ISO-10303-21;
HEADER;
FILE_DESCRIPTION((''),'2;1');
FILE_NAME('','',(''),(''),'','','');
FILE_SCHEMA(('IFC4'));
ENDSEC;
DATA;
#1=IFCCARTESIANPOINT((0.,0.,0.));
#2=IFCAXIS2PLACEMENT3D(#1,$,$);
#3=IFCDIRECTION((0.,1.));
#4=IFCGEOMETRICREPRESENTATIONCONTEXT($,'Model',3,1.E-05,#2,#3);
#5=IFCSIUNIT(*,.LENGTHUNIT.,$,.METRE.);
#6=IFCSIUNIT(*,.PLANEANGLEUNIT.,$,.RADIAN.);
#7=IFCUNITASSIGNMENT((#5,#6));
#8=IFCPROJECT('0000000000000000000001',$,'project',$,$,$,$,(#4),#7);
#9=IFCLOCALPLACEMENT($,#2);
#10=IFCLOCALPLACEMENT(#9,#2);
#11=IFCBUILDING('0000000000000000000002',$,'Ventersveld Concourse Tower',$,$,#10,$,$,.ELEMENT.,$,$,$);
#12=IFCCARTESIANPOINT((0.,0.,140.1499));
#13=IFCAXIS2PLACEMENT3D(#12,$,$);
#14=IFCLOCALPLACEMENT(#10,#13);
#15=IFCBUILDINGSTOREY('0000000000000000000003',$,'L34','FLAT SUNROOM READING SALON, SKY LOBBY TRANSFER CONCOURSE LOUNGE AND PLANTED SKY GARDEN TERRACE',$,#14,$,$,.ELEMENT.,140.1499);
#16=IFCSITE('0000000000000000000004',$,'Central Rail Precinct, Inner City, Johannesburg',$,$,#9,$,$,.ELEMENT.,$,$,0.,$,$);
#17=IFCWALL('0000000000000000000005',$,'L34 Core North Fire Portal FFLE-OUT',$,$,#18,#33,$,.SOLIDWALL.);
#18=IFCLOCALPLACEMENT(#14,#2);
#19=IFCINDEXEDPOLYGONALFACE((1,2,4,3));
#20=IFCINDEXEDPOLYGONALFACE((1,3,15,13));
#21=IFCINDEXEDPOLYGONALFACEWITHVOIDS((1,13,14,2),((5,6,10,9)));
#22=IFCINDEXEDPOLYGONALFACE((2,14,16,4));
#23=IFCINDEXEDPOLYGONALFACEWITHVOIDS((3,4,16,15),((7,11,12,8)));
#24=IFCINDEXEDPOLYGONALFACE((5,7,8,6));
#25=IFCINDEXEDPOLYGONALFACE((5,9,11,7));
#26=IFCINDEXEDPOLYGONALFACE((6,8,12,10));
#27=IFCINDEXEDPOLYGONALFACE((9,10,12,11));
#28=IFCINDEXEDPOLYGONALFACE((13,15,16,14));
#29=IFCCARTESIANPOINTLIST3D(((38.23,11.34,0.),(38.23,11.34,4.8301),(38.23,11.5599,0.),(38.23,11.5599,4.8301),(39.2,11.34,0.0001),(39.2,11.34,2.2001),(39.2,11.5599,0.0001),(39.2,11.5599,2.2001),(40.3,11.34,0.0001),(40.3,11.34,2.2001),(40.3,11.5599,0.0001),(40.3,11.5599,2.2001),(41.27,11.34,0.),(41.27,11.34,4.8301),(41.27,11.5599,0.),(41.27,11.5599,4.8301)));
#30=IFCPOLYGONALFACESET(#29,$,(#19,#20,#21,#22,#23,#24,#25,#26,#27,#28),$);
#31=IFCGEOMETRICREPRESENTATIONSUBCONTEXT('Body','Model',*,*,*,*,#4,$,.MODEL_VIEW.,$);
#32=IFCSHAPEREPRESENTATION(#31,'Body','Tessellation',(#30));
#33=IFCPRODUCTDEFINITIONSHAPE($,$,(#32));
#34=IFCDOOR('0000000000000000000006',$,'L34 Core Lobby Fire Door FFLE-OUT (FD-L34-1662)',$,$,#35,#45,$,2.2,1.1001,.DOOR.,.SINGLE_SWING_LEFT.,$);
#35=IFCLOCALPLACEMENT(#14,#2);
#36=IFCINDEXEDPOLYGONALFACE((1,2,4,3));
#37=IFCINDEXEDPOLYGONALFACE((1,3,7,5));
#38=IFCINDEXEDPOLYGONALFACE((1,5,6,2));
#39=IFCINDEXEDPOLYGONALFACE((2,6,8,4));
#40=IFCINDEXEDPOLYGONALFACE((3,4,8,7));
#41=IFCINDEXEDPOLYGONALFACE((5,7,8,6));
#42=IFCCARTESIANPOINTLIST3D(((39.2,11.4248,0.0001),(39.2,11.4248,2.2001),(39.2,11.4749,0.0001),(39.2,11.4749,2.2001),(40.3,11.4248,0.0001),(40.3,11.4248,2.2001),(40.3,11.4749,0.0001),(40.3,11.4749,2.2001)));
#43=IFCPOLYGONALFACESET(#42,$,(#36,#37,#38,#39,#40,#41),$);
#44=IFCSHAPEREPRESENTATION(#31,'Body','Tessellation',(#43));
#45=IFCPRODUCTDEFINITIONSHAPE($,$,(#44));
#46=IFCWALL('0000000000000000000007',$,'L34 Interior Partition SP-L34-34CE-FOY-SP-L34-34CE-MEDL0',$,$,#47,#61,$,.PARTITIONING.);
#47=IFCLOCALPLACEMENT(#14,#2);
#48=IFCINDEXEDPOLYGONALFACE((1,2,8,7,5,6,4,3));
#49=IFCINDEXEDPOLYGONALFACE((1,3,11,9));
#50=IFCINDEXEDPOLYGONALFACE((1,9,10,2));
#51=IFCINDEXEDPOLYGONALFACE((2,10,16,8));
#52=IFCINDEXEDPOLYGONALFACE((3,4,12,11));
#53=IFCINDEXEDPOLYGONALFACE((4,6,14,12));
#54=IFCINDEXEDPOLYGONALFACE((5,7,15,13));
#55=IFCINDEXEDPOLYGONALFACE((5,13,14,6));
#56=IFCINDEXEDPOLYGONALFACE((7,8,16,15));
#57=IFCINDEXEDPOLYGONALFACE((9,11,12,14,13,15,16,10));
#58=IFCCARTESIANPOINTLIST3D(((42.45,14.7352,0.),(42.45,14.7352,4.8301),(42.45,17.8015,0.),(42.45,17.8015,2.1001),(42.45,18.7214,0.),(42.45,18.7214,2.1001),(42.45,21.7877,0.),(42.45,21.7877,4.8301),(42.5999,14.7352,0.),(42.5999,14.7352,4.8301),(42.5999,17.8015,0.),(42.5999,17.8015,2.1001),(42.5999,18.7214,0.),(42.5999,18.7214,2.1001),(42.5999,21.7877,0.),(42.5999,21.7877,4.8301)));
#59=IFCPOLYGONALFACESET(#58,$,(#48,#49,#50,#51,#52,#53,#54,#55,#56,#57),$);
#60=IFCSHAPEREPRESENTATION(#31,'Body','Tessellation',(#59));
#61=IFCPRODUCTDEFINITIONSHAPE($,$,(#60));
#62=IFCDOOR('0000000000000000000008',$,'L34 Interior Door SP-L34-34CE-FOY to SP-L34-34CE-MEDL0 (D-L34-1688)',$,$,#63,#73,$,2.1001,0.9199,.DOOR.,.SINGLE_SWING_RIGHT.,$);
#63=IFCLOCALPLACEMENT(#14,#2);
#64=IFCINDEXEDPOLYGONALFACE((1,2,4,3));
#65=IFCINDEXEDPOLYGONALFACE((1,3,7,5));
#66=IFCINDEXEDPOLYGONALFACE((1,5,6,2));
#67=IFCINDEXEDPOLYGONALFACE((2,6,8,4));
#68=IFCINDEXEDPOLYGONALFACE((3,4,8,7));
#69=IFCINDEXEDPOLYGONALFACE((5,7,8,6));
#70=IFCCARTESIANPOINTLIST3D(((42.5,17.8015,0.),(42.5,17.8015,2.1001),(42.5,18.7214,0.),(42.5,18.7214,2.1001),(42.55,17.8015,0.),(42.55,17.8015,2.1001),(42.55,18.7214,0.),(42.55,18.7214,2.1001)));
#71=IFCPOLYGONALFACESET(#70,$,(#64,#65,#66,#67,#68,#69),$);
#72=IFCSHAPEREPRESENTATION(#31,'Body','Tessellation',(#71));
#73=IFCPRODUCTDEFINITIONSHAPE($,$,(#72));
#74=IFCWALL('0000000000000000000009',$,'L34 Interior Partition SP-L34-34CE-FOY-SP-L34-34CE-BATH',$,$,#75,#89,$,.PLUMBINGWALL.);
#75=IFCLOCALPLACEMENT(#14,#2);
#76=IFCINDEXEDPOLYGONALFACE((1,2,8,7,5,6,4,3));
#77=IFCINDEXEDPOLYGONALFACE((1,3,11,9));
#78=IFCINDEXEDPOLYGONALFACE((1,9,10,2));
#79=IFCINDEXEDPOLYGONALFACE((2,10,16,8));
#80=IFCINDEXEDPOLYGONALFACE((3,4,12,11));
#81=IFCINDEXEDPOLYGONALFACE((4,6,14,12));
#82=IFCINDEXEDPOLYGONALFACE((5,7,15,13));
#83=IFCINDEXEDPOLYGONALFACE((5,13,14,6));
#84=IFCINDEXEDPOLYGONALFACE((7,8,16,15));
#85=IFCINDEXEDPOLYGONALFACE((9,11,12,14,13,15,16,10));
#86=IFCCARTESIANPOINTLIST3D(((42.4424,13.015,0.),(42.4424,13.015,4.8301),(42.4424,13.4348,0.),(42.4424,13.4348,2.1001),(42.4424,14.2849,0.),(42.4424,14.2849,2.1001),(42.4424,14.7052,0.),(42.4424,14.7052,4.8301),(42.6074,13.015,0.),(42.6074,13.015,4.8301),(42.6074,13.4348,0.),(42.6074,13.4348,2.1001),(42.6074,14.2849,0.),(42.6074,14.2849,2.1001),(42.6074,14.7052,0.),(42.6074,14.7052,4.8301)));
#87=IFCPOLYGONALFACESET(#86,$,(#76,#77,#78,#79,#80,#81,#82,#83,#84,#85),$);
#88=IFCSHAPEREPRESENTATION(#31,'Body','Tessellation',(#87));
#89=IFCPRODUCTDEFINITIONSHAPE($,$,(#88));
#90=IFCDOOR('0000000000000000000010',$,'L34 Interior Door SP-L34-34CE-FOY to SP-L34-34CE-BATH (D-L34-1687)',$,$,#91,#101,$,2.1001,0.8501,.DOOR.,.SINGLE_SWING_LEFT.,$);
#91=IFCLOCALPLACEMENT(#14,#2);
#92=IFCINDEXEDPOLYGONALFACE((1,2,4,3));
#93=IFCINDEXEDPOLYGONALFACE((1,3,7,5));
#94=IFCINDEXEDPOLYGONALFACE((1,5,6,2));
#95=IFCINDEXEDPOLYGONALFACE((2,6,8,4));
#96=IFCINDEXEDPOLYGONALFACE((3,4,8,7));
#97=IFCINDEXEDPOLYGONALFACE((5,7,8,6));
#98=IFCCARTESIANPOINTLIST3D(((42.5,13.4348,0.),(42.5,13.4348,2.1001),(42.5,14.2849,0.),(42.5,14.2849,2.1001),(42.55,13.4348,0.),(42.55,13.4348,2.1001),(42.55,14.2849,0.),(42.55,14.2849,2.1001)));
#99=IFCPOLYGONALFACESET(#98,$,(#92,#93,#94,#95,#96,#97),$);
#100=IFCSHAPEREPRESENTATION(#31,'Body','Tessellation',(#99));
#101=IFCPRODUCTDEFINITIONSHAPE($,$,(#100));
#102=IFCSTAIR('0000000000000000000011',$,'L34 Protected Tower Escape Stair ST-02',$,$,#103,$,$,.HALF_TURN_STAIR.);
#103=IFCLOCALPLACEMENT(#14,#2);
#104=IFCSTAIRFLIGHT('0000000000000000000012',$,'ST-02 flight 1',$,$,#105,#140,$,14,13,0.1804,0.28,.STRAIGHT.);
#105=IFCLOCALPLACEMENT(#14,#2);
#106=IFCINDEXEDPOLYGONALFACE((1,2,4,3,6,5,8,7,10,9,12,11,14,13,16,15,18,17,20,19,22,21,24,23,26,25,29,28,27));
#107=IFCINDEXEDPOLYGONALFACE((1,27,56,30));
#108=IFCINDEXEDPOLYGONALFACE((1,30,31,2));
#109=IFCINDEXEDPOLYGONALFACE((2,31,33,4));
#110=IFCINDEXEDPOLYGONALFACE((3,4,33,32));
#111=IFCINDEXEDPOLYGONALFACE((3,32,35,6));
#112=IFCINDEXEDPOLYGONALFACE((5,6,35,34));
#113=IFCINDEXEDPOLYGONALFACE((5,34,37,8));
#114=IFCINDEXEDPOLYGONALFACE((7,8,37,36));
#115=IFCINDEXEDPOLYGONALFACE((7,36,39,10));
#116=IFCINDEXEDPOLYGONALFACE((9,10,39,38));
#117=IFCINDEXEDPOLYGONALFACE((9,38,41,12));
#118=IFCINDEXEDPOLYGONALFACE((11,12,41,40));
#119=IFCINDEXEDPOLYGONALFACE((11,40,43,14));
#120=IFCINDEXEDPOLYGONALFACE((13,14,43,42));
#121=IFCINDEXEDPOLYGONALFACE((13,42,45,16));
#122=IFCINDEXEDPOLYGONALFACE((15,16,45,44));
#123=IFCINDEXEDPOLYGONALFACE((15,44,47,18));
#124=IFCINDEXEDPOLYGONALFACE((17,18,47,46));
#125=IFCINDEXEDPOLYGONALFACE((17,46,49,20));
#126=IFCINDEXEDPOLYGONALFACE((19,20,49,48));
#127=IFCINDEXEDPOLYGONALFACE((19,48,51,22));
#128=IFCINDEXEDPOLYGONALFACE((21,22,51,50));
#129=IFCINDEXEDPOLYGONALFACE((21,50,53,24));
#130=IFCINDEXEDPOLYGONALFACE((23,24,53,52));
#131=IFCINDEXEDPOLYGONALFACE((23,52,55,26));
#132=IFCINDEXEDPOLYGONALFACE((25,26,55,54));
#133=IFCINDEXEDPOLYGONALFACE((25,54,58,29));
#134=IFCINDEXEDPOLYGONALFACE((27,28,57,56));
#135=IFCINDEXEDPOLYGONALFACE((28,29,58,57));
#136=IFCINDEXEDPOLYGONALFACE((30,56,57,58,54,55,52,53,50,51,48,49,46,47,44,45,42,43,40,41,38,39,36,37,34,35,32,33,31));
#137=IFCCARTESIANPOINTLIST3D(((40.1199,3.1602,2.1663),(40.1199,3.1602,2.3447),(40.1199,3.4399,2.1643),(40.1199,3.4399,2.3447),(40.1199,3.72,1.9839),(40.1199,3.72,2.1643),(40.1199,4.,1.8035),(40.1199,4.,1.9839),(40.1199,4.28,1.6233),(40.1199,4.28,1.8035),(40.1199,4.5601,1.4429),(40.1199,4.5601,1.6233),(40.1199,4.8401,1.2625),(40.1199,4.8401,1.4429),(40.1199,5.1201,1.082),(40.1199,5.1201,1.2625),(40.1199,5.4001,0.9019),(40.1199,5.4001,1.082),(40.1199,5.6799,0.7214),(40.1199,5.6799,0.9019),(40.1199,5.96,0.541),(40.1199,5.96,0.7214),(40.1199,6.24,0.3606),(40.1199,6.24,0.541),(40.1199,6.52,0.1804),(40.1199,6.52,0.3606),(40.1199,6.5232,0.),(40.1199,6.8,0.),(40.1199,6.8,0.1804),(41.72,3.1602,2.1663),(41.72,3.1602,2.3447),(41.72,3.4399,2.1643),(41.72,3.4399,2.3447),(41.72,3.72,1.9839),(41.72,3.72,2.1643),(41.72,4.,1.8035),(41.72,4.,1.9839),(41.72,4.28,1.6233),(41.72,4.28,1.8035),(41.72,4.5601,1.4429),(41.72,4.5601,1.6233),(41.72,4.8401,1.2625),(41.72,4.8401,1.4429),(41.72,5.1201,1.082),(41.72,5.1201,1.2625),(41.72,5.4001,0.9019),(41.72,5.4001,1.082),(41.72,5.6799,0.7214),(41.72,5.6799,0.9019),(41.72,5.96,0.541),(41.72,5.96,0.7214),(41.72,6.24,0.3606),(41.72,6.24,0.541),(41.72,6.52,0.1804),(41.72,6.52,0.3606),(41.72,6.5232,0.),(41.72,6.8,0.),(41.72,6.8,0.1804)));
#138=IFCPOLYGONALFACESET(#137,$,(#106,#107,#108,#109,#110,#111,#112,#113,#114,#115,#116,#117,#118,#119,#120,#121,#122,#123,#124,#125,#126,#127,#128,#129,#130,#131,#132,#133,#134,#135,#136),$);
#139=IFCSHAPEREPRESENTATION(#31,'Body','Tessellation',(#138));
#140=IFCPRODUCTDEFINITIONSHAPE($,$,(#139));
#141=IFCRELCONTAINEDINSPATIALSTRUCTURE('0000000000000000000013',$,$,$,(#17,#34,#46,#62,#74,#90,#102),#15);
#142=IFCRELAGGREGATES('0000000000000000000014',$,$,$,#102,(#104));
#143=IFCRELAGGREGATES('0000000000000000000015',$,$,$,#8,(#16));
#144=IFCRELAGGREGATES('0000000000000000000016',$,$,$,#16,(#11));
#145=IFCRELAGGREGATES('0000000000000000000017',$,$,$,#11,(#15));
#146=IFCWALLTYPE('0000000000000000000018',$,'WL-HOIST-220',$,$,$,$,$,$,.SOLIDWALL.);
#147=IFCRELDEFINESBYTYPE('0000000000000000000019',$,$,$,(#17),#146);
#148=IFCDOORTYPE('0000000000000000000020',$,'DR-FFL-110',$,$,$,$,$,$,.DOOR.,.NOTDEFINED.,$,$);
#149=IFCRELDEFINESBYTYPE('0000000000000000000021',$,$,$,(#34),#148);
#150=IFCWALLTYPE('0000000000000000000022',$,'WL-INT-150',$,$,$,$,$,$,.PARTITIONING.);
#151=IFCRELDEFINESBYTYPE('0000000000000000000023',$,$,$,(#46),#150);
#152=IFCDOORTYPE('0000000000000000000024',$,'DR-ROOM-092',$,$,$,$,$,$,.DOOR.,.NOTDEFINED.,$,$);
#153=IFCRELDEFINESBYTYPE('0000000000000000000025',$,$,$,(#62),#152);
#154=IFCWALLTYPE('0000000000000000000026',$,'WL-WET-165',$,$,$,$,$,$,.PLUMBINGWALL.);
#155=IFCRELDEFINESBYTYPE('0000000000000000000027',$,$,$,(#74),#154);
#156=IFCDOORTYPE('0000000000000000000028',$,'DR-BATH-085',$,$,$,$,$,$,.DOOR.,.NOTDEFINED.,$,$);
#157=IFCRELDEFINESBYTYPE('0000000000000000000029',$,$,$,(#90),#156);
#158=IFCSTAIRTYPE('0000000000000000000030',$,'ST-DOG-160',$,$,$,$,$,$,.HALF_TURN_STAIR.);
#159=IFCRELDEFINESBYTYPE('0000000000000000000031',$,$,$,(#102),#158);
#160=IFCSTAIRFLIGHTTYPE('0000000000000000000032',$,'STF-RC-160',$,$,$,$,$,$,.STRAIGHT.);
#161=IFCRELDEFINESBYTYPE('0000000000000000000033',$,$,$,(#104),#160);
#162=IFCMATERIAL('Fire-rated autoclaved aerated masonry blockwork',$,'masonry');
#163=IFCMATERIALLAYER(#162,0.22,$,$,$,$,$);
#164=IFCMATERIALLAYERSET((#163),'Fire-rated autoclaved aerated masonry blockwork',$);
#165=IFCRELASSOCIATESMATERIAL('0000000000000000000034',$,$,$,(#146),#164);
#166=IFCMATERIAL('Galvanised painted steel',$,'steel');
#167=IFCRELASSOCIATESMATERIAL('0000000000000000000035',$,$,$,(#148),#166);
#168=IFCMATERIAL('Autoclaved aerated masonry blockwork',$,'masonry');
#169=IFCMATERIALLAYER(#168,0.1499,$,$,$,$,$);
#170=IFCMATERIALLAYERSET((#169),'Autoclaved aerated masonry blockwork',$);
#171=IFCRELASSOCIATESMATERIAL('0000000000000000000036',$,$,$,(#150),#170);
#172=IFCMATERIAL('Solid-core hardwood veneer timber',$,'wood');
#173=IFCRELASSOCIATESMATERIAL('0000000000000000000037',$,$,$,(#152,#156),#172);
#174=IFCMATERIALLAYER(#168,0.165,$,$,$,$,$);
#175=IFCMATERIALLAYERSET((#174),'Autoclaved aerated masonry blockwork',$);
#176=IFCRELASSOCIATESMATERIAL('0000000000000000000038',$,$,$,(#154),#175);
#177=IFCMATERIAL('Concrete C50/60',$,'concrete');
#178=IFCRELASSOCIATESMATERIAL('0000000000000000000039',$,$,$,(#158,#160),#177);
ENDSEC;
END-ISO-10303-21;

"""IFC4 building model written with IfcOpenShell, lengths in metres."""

from ifc_helpers import new_model, si_unit, direction, frame, frame_2d, origin, place, context, subcontext, project, spatial, polyline, rectangle, outline, extrude, material, layer, layer_set, type_object, element, fill, aggregate, save


model = new_model("IFC4")

# Units and contexts
model_context = context("Model", 3, precision=1e-05, world=origin(), true_north=direction((0.0, 1.0)))
body_context = subcontext(model_context, "Body", "Model", "MODEL_VIEW")
ifc_project = project(units=[si_unit("LENGTHUNIT", "METRE"), si_unit("PLANEANGLEUNIT", "RADIAN")], contexts=[model_context])

# Site, building, storey
site_placement = place(None, origin())
site = spatial("IfcSite", under=ifc_project, at=site_placement, Name="Central Rail Precinct, Inner City, Johannesburg", CompositionType="ELEMENT", RefElevation=0.0)
building_placement = place(site_placement, origin())
building = spatial("IfcBuilding", under=site, at=building_placement, Name="Ventersveld Concourse Tower", CompositionType="ELEMENT")
storey_placement = place(building_placement, frame((0.0, 0.0, 140.1499)))
storey = spatial("IfcBuildingStorey", under=building, at=storey_placement, Name="L34", Description="FLAT SUNROOM READING SALON, SKY LOBBY TRANSFER CONCOURSE LOUNGE AND PLANTED SKY GARDEN TERRACE", CompositionType="ELEMENT", Elevation=140.1499)

# Walls, openings, doors
ifc_material_1 = material(Name="Fire-rated autoclaved aerated masonry blockwork", Category="masonry")
ifc_material_2 = material(Name="Solid-core hardwood veneer timber", Category="wood")
ifc_layer_1 = layer(ifc_material_1, 0.22)
ifc_layer_set_1 = layer_set([ifc_layer_1], Name="Fire-rated autoclaved aerated masonry blockwork")
wall_type_1 = type_object("IfcWallType", Name="WL-HOIST-220", PredefinedType="SOLIDWALL", material=ifc_layer_set_1)
ifc_material_3 = material(Name="Galvanised painted steel", Category="steel")
wall_1_placement = place(storey_placement, frame((38.23, 11.45, 0.0), z_axis=(0.0, 0.0, 1.0), x_axis=(1.0, 0.0, 0.0)))
wall_1 = element("IfcWall", 1, at=wall_1_placement, inside=storey, type_object=wall_type_1, Name="L34 Core North Fire Portal FFLE-OUT", PredefinedType="SOLIDWALL", context=body_context, shape_type="SweptSolid", body=[
    extrude(rectangle(XDim=3.04, YDim=0.22, at=frame_2d((1.52, 0.0))), origin(), (0.0, 0.0, 1.0), 4.8301),
])
opening_1_placement = place(wall_1_placement, frame((0.97, 0.0, 0.0)))
opening_1 = element("IfcOpeningElement", 2, at=opening_1_placement, cuts=wall_1, PredefinedType="OPENING", context=body_context, shape_type="SweptSolid", body=[
    extrude(rectangle(XDim=1.1001, YDim=2.2, at=frame_2d((0.55, 1.1001))), frame((0.0, 0.1201, 0.0), z_axis=(0.0, -1.0, 0.0), x_axis=(1.0, 0.0, 0.0)), (0.0, 0.0, 1.0), 0.24),
])
door_type_1 = type_object("IfcDoorType", Name="DR-FFL-110", OperationType="NOTDEFINED", PredefinedType="DOOR", material=ifc_material_3)
door_1_placement = place(opening_1_placement, origin())
door_1 = element("IfcDoor", 3, at=door_1_placement, inside=storey, type_object=door_type_1, Name="L34 Core Lobby Fire Door FFLE-OUT (FD-L34-1662)", OperationType="SINGLE_SWING_LEFT", OverallHeight=2.2, OverallWidth=1.1001, PredefinedType="DOOR", context=body_context, shape_type="SweptSolid", body=[
    extrude(rectangle(XDim=1.1001, YDim=2.2, at=frame_2d((0.55, 1.1001))), frame((0.0, 0.0249, 0.0), z_axis=(0.0, -1.0, 0.0), x_axis=(1.0, 0.0, 0.0)), (0.0, 0.0, 1.0), 0.05),
])
fill(opening_1, door_1)
ifc_material_4 = material(Name="Autoclaved aerated masonry blockwork", Category="masonry")
ifc_layer_2 = layer(ifc_material_4, 0.1499)
ifc_layer_set_2 = layer_set([ifc_layer_2], Name="Autoclaved aerated masonry blockwork")
wall_type_2 = type_object("IfcWallType", Name="WL-INT-150", PredefinedType="PARTITIONING", material=ifc_layer_set_2)
wall_2_placement = place(storey_placement, frame((42.5249, 14.7351, 0.0), z_axis=(0.0, 0.0, 1.0), x_axis=(0.0, 1.0, 0.0)))
wall_2 = element("IfcWall", 4, at=wall_2_placement, inside=storey, type_object=wall_type_2, Name="L34 Interior Partition SP-L34-34CE-FOY-SP-L34-34CE-MEDL0", PredefinedType="PARTITIONING", context=body_context, shape_type="SweptSolid", body=[
    extrude(rectangle(XDim=7.0525, YDim=0.1499, at=frame_2d((3.5264, 0.0))), origin(), (0.0, 0.0, 1.0), 4.8301),
])
opening_2_placement = place(wall_2_placement, frame((3.0664, 0.0, 0.0)))
opening_2 = element("IfcOpeningElement", 5, at=opening_2_placement, cuts=wall_2, PredefinedType="OPENING", context=body_context, shape_type="SweptSolid", body=[
    extrude(rectangle(XDim=0.9199, YDim=2.1001, at=frame_2d((0.46, 1.05))), frame((0.0, 0.085, 0.0), z_axis=(0.0, -1.0, 0.0), x_axis=(1.0, 0.0, 0.0)), (0.0, 0.0, 1.0), 0.1699),
])
door_type_2 = type_object("IfcDoorType", Name="DR-ROOM-092", OperationType="NOTDEFINED", PredefinedType="DOOR", material=ifc_material_2)
door_2_placement = place(opening_2_placement, origin())
door_2 = element("IfcDoor", 6, at=door_2_placement, inside=storey, type_object=door_type_2, Name="L34 Interior Door SP-L34-34CE-FOY to SP-L34-34CE-MEDL0 (D-L34-1688)", OperationType="SINGLE_SWING_RIGHT", OverallHeight=2.1001, OverallWidth=0.9199, PredefinedType="DOOR", context=body_context, shape_type="SweptSolid", body=[
    extrude(rectangle(XDim=0.9199, YDim=2.1001, at=frame_2d((0.46, 1.05))), frame((0.0, 0.0249, 0.0), z_axis=(0.0, -1.0, 0.0), x_axis=(1.0, 0.0, 0.0)), (0.0, 0.0, 1.0), 0.05),
])
fill(opening_2, door_2)
ifc_layer_3 = layer(ifc_material_4, 0.165)
ifc_layer_set_3 = layer_set([ifc_layer_3], Name="Autoclaved aerated masonry blockwork")
wall_type_3 = type_object("IfcWallType", Name="WL-WET-165", PredefinedType="PLUMBINGWALL", material=ifc_layer_set_3)
wall_3_placement = place(storey_placement, frame((42.5249, 13.0149, 0.0), z_axis=(0.0, 0.0, 1.0), x_axis=(0.0, 1.0, 0.0)))
wall_3 = element("IfcWall", 7, at=wall_3_placement, inside=storey, type_object=wall_type_3, Name="L34 Interior Partition SP-L34-34CE-FOY-SP-L34-34CE-BATH", PredefinedType="PLUMBINGWALL", context=body_context, shape_type="SweptSolid", body=[
    extrude(rectangle(XDim=1.6902, YDim=0.165, at=frame_2d((0.8452, 0.0))), origin(), (0.0, 0.0, 1.0), 4.8301),
])
opening_3_placement = place(wall_3_placement, frame((0.4199, 0.0, 0.0)))
opening_3 = element("IfcOpeningElement", 8, at=opening_3_placement, cuts=wall_3, PredefinedType="OPENING", context=body_context, shape_type="SweptSolid", body=[
    extrude(rectangle(XDim=0.8501, YDim=2.1001, at=frame_2d((0.425, 1.05))), frame((0.0, 0.0925, 0.0), z_axis=(0.0, -1.0, 0.0), x_axis=(1.0, 0.0, 0.0)), (0.0, 0.0, 1.0), 0.1851),
])
door_type_3 = type_object("IfcDoorType", Name="DR-BATH-085", OperationType="NOTDEFINED", PredefinedType="DOOR", material=ifc_material_2)
door_3_placement = place(opening_3_placement, origin())
door_3 = element("IfcDoor", 9, at=door_3_placement, inside=storey, type_object=door_type_3, Name="L34 Interior Door SP-L34-34CE-FOY to SP-L34-34CE-BATH (D-L34-1687)", OperationType="SINGLE_SWING_LEFT", OverallHeight=2.1001, OverallWidth=0.8501, PredefinedType="DOOR", context=body_context, shape_type="SweptSolid", body=[
    extrude(rectangle(XDim=0.8501, YDim=2.1001, at=frame_2d((0.425, 1.05))), frame((0.0, 0.0249, 0.0), z_axis=(0.0, -1.0, 0.0), x_axis=(1.0, 0.0, 0.0)), (0.0, 0.0, 1.0), 0.05),
])
fill(opening_3, door_3)

# Stair, stair flight
ifc_material_5 = material(Name="Concrete C50/60", Category="concrete")
stair_type = type_object("IfcStairType", Name="ST-DOG-160", PredefinedType="HALF_TURN_STAIR", material=ifc_material_5)
stair_placement = place(storey_placement, origin())
stair = element("IfcStair", 10, at=stair_placement, inside=storey, type_object=stair_type, Name="L34 Protected Tower Escape Stair ST-02", PredefinedType="HALF_TURN_STAIR")
stair_flight_type = type_object("IfcStairFlightType", Name="STF-RC-160", PredefinedType="STRAIGHT", material=ifc_material_5)
stair_flight_1_placement = place(storey_placement, frame((40.9199, 6.8, 0.0), z_axis=(0.0, 0.0, 1.0), x_axis=(0.0, -1.0, 0.0)))
stair_flight_1 = element("IfcStairFlight", 11, at=stair_flight_1_placement, type_object=stair_flight_type, Name="ST-02 flight 1", NumberOfRisers=14, NumberOfTreads=13, PredefinedType="STRAIGHT", RiserHeight=0.1804, TreadLength=0.28, context=body_context, shape_type="SweptSolid", body=[
    extrude(outline(polyline([(0.0, 0.0), (0.0, 0.1804), (0.28, 0.1804), (0.28, 0.3606), (0.5601, 0.3606), (0.5601, 0.541), (0.8401, 0.541), (0.8401, 0.7214), (1.1201, 0.7214), (1.1201, 0.9019), (1.3999, 0.9019), (1.3999, 1.082), (1.6799, 1.082), (1.6799, 1.2625), (1.96, 1.2625), (1.96, 1.4429), (2.24, 1.4429), (2.24, 1.6233), (2.52, 1.6233), (2.52, 1.8035), (2.8, 1.8035), (2.8, 1.9839), (3.0801, 1.9839), (3.0801, 2.1643), (3.3601, 2.1643), (3.3601, 2.3447), (3.6399, 2.3447), (3.6399, 2.5249), (3.6399, 2.1663), (0.2769, 0.0), (0.0, 0.0)])), frame((0.0, 0.8, 0.0), z_axis=(0.0, -1.0, 0.0), x_axis=(1.0, 0.0, 0.0)), (0.0, 0.0, 1.0), 1.6001),
])
aggregate(stair, [stair_flight_1])

save(model, "model.ifc")
